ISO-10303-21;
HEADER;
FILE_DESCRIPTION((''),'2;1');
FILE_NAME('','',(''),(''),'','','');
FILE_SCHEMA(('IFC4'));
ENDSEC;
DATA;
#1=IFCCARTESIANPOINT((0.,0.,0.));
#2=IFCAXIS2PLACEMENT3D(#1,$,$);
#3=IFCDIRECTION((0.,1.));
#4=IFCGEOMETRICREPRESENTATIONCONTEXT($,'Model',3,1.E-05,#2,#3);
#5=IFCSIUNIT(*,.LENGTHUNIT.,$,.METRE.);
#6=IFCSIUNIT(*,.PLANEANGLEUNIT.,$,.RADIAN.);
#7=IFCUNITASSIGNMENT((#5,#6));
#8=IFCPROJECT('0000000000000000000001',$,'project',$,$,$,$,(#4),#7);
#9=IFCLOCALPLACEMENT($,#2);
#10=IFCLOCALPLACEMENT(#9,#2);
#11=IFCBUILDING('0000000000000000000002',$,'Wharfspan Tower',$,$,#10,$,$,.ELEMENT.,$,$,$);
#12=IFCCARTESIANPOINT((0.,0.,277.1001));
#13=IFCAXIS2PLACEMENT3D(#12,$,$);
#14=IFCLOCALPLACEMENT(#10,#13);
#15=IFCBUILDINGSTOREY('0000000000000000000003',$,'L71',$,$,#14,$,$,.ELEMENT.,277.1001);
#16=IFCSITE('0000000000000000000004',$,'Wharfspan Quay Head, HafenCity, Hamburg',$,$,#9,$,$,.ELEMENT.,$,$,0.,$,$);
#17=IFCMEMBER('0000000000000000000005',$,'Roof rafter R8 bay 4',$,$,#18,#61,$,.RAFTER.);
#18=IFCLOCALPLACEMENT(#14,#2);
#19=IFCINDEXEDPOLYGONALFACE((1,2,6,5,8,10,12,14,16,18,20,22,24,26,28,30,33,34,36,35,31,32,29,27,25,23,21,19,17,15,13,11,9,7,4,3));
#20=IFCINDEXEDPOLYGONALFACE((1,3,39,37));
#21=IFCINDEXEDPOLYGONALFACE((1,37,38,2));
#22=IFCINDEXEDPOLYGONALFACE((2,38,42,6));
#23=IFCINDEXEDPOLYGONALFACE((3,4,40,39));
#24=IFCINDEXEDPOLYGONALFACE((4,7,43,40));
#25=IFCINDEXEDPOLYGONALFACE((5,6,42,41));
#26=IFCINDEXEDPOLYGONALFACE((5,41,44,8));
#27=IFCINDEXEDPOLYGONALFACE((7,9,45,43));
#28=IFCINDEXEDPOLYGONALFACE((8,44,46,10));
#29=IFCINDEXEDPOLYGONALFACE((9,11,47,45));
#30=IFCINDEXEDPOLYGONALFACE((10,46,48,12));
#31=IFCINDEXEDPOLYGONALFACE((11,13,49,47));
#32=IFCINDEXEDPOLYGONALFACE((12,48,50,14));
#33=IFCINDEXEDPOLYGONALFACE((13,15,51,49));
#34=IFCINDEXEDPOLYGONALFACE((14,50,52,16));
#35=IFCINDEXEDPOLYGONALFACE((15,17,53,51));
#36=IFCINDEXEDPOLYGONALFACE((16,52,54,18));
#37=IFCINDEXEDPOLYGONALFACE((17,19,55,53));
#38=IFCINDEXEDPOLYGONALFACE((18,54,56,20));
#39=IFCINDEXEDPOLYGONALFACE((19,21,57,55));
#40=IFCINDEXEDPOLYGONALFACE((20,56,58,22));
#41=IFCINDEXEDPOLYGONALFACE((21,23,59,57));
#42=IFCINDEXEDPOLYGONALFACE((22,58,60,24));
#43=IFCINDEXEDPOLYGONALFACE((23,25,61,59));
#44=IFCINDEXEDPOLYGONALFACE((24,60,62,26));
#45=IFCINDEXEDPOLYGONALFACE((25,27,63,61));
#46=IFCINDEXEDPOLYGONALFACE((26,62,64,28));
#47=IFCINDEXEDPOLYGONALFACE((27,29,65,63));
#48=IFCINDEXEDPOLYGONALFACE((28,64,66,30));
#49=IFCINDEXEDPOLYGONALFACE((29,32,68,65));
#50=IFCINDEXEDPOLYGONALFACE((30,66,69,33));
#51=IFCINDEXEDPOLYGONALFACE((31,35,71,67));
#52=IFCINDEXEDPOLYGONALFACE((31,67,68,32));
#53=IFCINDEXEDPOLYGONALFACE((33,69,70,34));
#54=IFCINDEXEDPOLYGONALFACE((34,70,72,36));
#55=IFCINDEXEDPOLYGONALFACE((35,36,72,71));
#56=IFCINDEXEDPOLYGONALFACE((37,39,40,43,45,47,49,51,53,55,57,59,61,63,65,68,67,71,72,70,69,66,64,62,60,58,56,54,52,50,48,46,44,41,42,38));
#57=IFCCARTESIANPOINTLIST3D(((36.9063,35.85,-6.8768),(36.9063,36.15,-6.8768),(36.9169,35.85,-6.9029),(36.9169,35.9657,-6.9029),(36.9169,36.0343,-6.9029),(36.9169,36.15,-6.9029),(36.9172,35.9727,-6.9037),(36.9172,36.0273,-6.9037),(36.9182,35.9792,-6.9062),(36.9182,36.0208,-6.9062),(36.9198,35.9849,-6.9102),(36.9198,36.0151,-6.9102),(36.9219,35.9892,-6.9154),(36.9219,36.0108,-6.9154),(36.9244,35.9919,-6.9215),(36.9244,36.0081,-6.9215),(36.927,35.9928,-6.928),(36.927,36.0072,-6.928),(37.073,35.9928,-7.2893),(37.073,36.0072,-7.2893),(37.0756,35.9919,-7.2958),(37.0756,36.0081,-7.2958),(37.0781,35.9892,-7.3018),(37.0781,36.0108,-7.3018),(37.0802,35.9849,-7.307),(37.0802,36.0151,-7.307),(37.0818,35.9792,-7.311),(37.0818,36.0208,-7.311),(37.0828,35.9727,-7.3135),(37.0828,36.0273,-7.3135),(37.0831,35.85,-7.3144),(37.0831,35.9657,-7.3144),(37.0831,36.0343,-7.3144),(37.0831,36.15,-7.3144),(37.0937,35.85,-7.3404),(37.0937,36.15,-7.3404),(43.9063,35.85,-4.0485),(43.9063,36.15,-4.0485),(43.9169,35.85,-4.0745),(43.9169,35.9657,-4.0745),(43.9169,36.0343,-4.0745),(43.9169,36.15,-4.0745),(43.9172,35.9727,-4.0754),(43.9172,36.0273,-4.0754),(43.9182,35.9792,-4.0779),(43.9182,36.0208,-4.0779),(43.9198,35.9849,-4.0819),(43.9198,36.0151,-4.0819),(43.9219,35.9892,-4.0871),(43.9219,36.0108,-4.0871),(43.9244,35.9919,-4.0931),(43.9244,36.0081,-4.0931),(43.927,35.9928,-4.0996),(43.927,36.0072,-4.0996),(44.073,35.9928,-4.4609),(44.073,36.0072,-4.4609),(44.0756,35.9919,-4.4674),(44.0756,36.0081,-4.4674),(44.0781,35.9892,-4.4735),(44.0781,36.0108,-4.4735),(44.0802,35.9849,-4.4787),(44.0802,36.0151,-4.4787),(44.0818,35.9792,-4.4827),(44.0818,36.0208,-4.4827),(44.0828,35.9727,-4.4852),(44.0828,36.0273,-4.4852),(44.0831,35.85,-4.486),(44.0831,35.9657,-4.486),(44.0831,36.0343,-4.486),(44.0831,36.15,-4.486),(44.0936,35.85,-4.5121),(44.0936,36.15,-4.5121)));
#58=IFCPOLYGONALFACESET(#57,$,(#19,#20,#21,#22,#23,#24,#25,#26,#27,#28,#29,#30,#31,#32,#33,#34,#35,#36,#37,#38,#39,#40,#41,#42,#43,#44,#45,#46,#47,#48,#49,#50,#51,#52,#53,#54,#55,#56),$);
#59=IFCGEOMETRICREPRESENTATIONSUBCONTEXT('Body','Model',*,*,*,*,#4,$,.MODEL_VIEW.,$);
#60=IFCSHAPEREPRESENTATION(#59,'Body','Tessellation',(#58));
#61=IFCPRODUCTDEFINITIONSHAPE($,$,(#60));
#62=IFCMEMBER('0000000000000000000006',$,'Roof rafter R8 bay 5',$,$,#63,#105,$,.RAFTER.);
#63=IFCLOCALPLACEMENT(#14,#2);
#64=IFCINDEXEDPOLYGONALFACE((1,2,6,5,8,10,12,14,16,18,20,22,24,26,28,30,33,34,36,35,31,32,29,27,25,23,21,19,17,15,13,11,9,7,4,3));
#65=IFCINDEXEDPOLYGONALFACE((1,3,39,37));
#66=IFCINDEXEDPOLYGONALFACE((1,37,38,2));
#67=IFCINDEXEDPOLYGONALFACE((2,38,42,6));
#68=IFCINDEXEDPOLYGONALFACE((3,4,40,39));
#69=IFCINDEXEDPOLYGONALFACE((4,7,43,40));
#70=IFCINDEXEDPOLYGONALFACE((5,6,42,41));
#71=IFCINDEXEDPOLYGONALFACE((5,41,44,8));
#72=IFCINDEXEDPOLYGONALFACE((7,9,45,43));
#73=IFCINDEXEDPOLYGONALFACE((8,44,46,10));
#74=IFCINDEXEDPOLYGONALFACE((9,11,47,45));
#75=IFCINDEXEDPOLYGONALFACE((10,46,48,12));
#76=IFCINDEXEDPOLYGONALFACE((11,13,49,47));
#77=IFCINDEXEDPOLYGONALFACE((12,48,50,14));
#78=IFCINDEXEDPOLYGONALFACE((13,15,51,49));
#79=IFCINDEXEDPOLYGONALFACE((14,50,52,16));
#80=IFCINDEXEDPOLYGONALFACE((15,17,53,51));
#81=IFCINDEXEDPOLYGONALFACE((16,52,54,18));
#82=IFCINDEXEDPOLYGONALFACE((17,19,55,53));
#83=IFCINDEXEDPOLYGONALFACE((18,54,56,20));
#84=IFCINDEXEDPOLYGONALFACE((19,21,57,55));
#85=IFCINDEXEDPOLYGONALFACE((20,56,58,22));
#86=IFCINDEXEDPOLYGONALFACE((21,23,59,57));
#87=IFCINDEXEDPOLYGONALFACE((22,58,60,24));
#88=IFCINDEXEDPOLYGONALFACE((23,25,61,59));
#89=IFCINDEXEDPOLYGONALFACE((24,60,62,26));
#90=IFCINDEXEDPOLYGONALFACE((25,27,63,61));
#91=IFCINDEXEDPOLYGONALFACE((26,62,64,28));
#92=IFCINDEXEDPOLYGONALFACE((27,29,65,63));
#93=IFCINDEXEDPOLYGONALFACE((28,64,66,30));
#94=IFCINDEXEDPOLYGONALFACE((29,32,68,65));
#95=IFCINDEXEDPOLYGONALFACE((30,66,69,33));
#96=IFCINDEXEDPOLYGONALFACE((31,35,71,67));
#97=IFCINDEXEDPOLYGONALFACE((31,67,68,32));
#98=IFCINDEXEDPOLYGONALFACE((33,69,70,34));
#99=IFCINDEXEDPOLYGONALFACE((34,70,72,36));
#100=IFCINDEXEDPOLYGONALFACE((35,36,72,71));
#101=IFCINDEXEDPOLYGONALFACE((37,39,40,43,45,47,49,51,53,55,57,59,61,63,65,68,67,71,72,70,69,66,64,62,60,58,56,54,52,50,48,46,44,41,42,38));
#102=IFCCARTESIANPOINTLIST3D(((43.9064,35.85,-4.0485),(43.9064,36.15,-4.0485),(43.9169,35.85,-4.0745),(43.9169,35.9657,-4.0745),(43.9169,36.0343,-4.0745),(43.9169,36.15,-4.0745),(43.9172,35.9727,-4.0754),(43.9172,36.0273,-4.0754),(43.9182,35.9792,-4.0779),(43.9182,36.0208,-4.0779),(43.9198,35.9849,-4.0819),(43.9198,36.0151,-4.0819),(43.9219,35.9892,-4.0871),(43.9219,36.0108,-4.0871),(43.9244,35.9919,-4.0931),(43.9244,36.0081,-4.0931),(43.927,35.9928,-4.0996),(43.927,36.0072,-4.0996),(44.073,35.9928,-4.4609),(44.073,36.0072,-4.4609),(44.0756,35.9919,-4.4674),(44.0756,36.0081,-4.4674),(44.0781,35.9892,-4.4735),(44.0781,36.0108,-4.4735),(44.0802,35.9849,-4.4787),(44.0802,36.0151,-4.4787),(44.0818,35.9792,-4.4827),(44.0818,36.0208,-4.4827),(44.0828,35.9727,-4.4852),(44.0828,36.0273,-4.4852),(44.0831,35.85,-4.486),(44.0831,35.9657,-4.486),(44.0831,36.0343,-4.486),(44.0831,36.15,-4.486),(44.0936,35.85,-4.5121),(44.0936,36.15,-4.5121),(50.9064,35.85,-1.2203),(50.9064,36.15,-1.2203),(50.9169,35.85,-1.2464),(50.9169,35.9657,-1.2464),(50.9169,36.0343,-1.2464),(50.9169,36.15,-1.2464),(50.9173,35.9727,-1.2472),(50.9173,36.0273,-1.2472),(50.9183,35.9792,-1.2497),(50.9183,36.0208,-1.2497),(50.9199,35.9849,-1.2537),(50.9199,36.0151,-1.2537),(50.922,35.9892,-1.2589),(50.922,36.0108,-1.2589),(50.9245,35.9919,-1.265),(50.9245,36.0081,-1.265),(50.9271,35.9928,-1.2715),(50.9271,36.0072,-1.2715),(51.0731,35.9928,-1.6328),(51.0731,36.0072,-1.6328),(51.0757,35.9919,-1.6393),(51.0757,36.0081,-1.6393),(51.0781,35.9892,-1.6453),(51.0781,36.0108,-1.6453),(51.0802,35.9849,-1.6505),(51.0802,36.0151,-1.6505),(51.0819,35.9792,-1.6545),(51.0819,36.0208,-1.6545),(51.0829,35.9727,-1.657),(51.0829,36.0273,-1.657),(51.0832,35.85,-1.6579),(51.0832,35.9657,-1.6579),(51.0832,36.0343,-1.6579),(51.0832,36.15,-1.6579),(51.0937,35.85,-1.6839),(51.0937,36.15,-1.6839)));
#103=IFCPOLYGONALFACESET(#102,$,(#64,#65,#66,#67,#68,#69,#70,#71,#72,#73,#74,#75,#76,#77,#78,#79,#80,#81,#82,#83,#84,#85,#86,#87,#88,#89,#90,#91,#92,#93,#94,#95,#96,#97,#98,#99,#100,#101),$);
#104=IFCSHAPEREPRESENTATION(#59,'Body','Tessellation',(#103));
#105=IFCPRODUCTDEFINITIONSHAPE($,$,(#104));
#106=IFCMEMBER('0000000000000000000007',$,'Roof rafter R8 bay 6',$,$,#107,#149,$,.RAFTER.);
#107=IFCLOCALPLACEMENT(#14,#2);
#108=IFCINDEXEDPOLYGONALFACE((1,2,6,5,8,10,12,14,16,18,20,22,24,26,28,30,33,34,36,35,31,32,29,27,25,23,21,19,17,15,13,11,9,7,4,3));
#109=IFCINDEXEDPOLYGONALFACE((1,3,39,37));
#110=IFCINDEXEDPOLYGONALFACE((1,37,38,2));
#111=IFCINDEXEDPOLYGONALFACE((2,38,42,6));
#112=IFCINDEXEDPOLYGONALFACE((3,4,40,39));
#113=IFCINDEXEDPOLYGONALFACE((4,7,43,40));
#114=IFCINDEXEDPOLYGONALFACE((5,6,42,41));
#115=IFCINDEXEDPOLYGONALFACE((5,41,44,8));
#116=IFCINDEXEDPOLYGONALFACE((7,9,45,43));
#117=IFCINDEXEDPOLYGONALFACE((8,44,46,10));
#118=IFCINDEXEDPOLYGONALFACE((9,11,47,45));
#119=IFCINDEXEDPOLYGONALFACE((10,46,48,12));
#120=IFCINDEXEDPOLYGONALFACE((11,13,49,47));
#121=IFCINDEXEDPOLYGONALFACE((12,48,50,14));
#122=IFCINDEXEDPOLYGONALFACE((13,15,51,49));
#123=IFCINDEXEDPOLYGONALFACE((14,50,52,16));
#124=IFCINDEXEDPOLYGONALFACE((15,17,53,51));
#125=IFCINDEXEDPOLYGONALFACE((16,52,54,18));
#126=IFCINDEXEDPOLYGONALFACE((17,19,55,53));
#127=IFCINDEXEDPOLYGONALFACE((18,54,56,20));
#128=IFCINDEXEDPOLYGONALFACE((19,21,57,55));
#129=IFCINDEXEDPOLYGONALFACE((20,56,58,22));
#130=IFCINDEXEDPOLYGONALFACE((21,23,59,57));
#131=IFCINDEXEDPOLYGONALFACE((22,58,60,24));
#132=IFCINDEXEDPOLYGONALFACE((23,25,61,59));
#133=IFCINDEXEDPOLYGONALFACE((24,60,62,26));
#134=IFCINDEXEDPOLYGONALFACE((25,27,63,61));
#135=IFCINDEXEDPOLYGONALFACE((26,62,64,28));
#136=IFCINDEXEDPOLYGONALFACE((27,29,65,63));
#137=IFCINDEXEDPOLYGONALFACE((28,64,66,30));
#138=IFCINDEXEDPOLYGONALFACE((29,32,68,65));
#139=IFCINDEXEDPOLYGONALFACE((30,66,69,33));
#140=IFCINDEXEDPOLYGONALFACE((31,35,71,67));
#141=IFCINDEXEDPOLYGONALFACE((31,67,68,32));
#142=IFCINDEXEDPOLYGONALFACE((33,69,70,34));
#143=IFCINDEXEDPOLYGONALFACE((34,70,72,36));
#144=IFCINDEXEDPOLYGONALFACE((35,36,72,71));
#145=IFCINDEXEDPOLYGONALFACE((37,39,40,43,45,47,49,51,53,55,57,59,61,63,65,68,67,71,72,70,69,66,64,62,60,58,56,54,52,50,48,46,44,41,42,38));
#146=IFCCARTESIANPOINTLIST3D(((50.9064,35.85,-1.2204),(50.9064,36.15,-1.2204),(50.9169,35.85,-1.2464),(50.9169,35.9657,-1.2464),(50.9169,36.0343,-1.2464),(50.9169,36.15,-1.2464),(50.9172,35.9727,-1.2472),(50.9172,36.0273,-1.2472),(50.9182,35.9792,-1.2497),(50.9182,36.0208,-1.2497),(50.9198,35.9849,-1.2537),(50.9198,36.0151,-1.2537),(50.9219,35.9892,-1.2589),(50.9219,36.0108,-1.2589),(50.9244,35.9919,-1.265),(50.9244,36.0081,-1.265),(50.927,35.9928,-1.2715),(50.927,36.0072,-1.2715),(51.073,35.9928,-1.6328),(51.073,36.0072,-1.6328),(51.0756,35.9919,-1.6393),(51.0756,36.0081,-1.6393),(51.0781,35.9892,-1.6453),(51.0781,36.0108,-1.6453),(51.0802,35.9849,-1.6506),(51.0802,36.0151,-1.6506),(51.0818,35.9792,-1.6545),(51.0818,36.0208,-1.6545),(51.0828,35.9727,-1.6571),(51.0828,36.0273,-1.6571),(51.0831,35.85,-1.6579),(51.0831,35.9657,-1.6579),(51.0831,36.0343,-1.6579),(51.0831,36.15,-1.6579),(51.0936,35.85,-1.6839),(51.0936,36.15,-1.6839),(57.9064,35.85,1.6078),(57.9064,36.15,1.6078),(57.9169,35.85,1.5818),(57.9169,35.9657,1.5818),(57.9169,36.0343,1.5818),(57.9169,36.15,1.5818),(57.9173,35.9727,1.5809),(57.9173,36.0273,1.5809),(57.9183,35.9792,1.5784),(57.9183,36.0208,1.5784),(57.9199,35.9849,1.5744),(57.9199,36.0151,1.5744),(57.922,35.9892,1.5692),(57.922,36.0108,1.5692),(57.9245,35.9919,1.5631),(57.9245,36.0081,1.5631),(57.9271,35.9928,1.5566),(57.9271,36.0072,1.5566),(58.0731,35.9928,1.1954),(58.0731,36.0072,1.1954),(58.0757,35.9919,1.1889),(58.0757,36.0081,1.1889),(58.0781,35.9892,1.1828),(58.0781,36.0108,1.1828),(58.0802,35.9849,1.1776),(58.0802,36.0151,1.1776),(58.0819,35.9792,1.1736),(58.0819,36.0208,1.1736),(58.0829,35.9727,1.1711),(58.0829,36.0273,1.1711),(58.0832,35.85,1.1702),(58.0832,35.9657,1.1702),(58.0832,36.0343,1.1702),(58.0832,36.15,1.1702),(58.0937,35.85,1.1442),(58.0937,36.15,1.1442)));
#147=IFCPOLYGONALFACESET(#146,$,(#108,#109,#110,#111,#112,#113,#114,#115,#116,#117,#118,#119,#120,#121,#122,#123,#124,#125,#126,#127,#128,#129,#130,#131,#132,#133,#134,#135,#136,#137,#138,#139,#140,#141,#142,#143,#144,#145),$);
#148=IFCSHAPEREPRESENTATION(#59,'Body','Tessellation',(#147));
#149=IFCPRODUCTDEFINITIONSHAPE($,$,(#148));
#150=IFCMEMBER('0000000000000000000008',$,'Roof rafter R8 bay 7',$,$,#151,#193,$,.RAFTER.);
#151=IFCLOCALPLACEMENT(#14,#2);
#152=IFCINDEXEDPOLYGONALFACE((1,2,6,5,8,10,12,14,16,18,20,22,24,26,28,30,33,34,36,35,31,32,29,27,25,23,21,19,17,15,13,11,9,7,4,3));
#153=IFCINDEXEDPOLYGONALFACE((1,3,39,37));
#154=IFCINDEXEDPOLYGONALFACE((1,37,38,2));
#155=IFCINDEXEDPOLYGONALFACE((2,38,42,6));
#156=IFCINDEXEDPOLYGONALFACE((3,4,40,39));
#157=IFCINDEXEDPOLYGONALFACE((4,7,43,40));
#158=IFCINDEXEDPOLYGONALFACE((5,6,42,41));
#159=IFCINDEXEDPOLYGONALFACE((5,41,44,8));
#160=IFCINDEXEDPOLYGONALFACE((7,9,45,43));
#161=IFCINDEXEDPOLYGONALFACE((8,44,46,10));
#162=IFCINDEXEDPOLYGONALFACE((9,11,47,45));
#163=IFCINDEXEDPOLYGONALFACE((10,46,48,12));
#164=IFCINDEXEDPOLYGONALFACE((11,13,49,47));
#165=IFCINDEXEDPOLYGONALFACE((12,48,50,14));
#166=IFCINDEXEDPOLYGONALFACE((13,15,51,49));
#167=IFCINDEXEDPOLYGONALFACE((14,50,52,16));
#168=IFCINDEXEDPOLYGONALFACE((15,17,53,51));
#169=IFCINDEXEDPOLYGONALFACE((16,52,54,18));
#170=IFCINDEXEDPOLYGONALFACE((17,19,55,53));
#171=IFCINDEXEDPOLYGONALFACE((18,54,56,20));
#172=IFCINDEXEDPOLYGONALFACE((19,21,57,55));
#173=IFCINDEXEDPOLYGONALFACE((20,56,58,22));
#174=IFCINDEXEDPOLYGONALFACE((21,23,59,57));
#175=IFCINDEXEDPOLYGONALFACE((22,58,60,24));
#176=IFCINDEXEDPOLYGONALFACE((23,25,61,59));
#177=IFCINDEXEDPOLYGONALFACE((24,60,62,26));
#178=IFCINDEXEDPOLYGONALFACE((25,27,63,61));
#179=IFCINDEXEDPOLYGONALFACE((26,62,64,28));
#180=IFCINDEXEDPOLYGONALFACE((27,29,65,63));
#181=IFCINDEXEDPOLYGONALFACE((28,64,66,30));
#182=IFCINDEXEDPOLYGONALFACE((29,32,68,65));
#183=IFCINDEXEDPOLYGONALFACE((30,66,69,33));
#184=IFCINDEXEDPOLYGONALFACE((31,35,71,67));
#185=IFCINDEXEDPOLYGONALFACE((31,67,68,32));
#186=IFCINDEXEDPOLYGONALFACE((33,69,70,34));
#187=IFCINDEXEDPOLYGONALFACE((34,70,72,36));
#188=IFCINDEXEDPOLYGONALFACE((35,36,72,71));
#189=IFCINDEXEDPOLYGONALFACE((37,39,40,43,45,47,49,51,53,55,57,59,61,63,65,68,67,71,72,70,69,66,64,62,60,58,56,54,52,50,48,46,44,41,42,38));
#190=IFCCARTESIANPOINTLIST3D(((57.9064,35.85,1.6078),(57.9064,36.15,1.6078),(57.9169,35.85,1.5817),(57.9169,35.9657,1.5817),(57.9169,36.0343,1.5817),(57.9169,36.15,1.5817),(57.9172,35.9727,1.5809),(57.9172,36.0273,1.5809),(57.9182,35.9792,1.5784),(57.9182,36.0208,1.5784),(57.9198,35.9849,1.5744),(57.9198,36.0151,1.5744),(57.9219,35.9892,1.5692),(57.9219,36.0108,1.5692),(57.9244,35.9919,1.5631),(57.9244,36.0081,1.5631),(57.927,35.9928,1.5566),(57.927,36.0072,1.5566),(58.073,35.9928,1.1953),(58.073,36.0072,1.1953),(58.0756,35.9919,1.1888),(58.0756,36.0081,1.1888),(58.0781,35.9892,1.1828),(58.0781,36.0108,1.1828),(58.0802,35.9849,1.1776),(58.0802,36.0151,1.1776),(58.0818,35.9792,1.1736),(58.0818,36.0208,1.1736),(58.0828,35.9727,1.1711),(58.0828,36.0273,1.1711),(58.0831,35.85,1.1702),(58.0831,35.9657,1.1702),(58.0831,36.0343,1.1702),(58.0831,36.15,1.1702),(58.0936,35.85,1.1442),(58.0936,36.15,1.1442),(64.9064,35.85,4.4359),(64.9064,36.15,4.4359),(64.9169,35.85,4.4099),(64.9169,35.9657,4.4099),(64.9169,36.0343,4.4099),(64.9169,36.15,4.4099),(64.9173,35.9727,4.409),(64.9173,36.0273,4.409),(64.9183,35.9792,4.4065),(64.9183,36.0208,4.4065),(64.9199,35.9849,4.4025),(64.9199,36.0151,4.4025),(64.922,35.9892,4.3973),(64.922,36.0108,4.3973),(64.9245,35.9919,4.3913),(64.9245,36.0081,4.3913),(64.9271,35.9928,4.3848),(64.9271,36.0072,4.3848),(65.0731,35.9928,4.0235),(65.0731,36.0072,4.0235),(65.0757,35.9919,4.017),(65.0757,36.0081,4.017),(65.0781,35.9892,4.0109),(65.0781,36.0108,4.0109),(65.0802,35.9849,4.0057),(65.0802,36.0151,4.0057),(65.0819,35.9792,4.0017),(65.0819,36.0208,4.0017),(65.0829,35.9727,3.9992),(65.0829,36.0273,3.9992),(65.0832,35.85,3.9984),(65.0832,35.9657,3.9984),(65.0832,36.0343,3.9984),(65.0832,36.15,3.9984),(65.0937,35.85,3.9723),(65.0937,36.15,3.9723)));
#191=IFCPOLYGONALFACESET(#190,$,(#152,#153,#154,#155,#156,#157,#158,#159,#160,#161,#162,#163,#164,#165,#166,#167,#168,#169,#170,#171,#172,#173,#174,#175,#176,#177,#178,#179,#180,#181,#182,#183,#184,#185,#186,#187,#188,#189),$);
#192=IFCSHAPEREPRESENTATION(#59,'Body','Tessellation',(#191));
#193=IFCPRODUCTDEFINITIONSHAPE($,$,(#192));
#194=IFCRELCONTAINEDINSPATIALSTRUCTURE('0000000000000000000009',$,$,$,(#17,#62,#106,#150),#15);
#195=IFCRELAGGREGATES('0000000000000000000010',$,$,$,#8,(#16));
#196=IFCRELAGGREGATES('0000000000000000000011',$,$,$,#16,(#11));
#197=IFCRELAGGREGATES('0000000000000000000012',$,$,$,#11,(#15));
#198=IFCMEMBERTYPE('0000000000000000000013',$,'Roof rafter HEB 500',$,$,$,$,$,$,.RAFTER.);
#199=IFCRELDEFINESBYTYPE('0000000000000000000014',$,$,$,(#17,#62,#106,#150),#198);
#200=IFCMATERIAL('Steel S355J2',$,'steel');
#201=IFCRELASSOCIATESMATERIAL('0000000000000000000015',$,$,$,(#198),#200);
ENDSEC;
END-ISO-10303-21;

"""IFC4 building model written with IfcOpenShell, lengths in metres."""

from ifc_helpers import new_model, si_unit, direction, frame, origin, origin_2d, place, context, subcontext, project, spatial, i_section, extrude, material, material_profile, profile_set, type_object, element, save


model = new_model("IFC4")

# Units and contexts
model_context = context("Model", 3, precision=1e-05, world=origin(), true_north=direction((0.0, 1.0)))
body_context = subcontext(model_context, "Body", "Model", "MODEL_VIEW")
ifc_project = project(units=[si_unit("LENGTHUNIT", "METRE"), si_unit("PLANEANGLEUNIT", "RADIAN")], contexts=[model_context])

# Site, building, storey
site_placement = place(None, origin())
site = spatial("IfcSite", under=ifc_project, at=site_placement, Name="Wharfspan Quay Head, HafenCity, Hamburg", CompositionType="ELEMENT", RefElevation=0.0)
building_placement = place(site_placement, origin())
building = spatial("IfcBuilding", under=site, at=building_placement, Name="Wharfspan Tower", CompositionType="ELEMENT")
storey_placement = place(building_placement, frame((0.0, 0.0, 277.1001)))
storey = spatial("IfcBuildingStorey", under=building, at=storey_placement, Name="L71", CompositionType="ELEMENT", Elevation=277.1001)

# Shared definitions
ifc_material_1 = material(Name="Steel S355J2", Category="steel")

# Members
ifc_material_profile_1 = material_profile(ifc_material_1, i_section(OverallWidth=0.3, OverallDepth=0.5, WebThickness=0.0144, FlangeThickness=0.0281, FilletRadius=0.0271, at=origin_2d()))
ifc_profile_set_1 = profile_set([ifc_material_profile_1], Name="Steel S355J2")
member_type_1 = type_object("IfcMemberType", Name="Roof rafter HEB 500", PredefinedType="RAFTER", material=ifc_profile_set_1)
for number, where, z_axis, x_axis, name in (
    (1, (37.0, 36.0, -7.1086), (0.927175, 0.0, 0.374628), (0.0, 1.0, 0.0), "Roof rafter R8 bay 4"),
    (2, (44.0, 36.0, -4.2803), (0.927187, 0.0, 0.3746), (0.0, 1.0, 0.0), "Roof rafter R8 bay 5"),
    (3, (51.0, 36.0, -1.4521), (0.927187, 0.0, 0.3746), (0.0, 1.0, 0.0), "Roof rafter R8 bay 6"),
    (4, (58.0, 36.0, 1.376), (0.927187, 0.0, 0.3746), (0.0, 1.0, 0.0), "Roof rafter R8 bay 7"),
):
    element("IfcMember", number, at=place(storey_placement, frame(where, z_axis=z_axis, x_axis=x_axis)), inside=storey, type_object=member_type_1, Name=name, PredefinedType="RAFTER", context=body_context, shape_type="SweptSolid", body=[
        extrude(i_section(OverallWidth=0.3, OverallDepth=0.5, WebThickness=0.0144, FlangeThickness=0.0281, FilletRadius=0.0271, at=origin_2d()), origin(), (0.0, 0.0, 1.0), 7.5498),
    ])

save(model, "model.ifc")
